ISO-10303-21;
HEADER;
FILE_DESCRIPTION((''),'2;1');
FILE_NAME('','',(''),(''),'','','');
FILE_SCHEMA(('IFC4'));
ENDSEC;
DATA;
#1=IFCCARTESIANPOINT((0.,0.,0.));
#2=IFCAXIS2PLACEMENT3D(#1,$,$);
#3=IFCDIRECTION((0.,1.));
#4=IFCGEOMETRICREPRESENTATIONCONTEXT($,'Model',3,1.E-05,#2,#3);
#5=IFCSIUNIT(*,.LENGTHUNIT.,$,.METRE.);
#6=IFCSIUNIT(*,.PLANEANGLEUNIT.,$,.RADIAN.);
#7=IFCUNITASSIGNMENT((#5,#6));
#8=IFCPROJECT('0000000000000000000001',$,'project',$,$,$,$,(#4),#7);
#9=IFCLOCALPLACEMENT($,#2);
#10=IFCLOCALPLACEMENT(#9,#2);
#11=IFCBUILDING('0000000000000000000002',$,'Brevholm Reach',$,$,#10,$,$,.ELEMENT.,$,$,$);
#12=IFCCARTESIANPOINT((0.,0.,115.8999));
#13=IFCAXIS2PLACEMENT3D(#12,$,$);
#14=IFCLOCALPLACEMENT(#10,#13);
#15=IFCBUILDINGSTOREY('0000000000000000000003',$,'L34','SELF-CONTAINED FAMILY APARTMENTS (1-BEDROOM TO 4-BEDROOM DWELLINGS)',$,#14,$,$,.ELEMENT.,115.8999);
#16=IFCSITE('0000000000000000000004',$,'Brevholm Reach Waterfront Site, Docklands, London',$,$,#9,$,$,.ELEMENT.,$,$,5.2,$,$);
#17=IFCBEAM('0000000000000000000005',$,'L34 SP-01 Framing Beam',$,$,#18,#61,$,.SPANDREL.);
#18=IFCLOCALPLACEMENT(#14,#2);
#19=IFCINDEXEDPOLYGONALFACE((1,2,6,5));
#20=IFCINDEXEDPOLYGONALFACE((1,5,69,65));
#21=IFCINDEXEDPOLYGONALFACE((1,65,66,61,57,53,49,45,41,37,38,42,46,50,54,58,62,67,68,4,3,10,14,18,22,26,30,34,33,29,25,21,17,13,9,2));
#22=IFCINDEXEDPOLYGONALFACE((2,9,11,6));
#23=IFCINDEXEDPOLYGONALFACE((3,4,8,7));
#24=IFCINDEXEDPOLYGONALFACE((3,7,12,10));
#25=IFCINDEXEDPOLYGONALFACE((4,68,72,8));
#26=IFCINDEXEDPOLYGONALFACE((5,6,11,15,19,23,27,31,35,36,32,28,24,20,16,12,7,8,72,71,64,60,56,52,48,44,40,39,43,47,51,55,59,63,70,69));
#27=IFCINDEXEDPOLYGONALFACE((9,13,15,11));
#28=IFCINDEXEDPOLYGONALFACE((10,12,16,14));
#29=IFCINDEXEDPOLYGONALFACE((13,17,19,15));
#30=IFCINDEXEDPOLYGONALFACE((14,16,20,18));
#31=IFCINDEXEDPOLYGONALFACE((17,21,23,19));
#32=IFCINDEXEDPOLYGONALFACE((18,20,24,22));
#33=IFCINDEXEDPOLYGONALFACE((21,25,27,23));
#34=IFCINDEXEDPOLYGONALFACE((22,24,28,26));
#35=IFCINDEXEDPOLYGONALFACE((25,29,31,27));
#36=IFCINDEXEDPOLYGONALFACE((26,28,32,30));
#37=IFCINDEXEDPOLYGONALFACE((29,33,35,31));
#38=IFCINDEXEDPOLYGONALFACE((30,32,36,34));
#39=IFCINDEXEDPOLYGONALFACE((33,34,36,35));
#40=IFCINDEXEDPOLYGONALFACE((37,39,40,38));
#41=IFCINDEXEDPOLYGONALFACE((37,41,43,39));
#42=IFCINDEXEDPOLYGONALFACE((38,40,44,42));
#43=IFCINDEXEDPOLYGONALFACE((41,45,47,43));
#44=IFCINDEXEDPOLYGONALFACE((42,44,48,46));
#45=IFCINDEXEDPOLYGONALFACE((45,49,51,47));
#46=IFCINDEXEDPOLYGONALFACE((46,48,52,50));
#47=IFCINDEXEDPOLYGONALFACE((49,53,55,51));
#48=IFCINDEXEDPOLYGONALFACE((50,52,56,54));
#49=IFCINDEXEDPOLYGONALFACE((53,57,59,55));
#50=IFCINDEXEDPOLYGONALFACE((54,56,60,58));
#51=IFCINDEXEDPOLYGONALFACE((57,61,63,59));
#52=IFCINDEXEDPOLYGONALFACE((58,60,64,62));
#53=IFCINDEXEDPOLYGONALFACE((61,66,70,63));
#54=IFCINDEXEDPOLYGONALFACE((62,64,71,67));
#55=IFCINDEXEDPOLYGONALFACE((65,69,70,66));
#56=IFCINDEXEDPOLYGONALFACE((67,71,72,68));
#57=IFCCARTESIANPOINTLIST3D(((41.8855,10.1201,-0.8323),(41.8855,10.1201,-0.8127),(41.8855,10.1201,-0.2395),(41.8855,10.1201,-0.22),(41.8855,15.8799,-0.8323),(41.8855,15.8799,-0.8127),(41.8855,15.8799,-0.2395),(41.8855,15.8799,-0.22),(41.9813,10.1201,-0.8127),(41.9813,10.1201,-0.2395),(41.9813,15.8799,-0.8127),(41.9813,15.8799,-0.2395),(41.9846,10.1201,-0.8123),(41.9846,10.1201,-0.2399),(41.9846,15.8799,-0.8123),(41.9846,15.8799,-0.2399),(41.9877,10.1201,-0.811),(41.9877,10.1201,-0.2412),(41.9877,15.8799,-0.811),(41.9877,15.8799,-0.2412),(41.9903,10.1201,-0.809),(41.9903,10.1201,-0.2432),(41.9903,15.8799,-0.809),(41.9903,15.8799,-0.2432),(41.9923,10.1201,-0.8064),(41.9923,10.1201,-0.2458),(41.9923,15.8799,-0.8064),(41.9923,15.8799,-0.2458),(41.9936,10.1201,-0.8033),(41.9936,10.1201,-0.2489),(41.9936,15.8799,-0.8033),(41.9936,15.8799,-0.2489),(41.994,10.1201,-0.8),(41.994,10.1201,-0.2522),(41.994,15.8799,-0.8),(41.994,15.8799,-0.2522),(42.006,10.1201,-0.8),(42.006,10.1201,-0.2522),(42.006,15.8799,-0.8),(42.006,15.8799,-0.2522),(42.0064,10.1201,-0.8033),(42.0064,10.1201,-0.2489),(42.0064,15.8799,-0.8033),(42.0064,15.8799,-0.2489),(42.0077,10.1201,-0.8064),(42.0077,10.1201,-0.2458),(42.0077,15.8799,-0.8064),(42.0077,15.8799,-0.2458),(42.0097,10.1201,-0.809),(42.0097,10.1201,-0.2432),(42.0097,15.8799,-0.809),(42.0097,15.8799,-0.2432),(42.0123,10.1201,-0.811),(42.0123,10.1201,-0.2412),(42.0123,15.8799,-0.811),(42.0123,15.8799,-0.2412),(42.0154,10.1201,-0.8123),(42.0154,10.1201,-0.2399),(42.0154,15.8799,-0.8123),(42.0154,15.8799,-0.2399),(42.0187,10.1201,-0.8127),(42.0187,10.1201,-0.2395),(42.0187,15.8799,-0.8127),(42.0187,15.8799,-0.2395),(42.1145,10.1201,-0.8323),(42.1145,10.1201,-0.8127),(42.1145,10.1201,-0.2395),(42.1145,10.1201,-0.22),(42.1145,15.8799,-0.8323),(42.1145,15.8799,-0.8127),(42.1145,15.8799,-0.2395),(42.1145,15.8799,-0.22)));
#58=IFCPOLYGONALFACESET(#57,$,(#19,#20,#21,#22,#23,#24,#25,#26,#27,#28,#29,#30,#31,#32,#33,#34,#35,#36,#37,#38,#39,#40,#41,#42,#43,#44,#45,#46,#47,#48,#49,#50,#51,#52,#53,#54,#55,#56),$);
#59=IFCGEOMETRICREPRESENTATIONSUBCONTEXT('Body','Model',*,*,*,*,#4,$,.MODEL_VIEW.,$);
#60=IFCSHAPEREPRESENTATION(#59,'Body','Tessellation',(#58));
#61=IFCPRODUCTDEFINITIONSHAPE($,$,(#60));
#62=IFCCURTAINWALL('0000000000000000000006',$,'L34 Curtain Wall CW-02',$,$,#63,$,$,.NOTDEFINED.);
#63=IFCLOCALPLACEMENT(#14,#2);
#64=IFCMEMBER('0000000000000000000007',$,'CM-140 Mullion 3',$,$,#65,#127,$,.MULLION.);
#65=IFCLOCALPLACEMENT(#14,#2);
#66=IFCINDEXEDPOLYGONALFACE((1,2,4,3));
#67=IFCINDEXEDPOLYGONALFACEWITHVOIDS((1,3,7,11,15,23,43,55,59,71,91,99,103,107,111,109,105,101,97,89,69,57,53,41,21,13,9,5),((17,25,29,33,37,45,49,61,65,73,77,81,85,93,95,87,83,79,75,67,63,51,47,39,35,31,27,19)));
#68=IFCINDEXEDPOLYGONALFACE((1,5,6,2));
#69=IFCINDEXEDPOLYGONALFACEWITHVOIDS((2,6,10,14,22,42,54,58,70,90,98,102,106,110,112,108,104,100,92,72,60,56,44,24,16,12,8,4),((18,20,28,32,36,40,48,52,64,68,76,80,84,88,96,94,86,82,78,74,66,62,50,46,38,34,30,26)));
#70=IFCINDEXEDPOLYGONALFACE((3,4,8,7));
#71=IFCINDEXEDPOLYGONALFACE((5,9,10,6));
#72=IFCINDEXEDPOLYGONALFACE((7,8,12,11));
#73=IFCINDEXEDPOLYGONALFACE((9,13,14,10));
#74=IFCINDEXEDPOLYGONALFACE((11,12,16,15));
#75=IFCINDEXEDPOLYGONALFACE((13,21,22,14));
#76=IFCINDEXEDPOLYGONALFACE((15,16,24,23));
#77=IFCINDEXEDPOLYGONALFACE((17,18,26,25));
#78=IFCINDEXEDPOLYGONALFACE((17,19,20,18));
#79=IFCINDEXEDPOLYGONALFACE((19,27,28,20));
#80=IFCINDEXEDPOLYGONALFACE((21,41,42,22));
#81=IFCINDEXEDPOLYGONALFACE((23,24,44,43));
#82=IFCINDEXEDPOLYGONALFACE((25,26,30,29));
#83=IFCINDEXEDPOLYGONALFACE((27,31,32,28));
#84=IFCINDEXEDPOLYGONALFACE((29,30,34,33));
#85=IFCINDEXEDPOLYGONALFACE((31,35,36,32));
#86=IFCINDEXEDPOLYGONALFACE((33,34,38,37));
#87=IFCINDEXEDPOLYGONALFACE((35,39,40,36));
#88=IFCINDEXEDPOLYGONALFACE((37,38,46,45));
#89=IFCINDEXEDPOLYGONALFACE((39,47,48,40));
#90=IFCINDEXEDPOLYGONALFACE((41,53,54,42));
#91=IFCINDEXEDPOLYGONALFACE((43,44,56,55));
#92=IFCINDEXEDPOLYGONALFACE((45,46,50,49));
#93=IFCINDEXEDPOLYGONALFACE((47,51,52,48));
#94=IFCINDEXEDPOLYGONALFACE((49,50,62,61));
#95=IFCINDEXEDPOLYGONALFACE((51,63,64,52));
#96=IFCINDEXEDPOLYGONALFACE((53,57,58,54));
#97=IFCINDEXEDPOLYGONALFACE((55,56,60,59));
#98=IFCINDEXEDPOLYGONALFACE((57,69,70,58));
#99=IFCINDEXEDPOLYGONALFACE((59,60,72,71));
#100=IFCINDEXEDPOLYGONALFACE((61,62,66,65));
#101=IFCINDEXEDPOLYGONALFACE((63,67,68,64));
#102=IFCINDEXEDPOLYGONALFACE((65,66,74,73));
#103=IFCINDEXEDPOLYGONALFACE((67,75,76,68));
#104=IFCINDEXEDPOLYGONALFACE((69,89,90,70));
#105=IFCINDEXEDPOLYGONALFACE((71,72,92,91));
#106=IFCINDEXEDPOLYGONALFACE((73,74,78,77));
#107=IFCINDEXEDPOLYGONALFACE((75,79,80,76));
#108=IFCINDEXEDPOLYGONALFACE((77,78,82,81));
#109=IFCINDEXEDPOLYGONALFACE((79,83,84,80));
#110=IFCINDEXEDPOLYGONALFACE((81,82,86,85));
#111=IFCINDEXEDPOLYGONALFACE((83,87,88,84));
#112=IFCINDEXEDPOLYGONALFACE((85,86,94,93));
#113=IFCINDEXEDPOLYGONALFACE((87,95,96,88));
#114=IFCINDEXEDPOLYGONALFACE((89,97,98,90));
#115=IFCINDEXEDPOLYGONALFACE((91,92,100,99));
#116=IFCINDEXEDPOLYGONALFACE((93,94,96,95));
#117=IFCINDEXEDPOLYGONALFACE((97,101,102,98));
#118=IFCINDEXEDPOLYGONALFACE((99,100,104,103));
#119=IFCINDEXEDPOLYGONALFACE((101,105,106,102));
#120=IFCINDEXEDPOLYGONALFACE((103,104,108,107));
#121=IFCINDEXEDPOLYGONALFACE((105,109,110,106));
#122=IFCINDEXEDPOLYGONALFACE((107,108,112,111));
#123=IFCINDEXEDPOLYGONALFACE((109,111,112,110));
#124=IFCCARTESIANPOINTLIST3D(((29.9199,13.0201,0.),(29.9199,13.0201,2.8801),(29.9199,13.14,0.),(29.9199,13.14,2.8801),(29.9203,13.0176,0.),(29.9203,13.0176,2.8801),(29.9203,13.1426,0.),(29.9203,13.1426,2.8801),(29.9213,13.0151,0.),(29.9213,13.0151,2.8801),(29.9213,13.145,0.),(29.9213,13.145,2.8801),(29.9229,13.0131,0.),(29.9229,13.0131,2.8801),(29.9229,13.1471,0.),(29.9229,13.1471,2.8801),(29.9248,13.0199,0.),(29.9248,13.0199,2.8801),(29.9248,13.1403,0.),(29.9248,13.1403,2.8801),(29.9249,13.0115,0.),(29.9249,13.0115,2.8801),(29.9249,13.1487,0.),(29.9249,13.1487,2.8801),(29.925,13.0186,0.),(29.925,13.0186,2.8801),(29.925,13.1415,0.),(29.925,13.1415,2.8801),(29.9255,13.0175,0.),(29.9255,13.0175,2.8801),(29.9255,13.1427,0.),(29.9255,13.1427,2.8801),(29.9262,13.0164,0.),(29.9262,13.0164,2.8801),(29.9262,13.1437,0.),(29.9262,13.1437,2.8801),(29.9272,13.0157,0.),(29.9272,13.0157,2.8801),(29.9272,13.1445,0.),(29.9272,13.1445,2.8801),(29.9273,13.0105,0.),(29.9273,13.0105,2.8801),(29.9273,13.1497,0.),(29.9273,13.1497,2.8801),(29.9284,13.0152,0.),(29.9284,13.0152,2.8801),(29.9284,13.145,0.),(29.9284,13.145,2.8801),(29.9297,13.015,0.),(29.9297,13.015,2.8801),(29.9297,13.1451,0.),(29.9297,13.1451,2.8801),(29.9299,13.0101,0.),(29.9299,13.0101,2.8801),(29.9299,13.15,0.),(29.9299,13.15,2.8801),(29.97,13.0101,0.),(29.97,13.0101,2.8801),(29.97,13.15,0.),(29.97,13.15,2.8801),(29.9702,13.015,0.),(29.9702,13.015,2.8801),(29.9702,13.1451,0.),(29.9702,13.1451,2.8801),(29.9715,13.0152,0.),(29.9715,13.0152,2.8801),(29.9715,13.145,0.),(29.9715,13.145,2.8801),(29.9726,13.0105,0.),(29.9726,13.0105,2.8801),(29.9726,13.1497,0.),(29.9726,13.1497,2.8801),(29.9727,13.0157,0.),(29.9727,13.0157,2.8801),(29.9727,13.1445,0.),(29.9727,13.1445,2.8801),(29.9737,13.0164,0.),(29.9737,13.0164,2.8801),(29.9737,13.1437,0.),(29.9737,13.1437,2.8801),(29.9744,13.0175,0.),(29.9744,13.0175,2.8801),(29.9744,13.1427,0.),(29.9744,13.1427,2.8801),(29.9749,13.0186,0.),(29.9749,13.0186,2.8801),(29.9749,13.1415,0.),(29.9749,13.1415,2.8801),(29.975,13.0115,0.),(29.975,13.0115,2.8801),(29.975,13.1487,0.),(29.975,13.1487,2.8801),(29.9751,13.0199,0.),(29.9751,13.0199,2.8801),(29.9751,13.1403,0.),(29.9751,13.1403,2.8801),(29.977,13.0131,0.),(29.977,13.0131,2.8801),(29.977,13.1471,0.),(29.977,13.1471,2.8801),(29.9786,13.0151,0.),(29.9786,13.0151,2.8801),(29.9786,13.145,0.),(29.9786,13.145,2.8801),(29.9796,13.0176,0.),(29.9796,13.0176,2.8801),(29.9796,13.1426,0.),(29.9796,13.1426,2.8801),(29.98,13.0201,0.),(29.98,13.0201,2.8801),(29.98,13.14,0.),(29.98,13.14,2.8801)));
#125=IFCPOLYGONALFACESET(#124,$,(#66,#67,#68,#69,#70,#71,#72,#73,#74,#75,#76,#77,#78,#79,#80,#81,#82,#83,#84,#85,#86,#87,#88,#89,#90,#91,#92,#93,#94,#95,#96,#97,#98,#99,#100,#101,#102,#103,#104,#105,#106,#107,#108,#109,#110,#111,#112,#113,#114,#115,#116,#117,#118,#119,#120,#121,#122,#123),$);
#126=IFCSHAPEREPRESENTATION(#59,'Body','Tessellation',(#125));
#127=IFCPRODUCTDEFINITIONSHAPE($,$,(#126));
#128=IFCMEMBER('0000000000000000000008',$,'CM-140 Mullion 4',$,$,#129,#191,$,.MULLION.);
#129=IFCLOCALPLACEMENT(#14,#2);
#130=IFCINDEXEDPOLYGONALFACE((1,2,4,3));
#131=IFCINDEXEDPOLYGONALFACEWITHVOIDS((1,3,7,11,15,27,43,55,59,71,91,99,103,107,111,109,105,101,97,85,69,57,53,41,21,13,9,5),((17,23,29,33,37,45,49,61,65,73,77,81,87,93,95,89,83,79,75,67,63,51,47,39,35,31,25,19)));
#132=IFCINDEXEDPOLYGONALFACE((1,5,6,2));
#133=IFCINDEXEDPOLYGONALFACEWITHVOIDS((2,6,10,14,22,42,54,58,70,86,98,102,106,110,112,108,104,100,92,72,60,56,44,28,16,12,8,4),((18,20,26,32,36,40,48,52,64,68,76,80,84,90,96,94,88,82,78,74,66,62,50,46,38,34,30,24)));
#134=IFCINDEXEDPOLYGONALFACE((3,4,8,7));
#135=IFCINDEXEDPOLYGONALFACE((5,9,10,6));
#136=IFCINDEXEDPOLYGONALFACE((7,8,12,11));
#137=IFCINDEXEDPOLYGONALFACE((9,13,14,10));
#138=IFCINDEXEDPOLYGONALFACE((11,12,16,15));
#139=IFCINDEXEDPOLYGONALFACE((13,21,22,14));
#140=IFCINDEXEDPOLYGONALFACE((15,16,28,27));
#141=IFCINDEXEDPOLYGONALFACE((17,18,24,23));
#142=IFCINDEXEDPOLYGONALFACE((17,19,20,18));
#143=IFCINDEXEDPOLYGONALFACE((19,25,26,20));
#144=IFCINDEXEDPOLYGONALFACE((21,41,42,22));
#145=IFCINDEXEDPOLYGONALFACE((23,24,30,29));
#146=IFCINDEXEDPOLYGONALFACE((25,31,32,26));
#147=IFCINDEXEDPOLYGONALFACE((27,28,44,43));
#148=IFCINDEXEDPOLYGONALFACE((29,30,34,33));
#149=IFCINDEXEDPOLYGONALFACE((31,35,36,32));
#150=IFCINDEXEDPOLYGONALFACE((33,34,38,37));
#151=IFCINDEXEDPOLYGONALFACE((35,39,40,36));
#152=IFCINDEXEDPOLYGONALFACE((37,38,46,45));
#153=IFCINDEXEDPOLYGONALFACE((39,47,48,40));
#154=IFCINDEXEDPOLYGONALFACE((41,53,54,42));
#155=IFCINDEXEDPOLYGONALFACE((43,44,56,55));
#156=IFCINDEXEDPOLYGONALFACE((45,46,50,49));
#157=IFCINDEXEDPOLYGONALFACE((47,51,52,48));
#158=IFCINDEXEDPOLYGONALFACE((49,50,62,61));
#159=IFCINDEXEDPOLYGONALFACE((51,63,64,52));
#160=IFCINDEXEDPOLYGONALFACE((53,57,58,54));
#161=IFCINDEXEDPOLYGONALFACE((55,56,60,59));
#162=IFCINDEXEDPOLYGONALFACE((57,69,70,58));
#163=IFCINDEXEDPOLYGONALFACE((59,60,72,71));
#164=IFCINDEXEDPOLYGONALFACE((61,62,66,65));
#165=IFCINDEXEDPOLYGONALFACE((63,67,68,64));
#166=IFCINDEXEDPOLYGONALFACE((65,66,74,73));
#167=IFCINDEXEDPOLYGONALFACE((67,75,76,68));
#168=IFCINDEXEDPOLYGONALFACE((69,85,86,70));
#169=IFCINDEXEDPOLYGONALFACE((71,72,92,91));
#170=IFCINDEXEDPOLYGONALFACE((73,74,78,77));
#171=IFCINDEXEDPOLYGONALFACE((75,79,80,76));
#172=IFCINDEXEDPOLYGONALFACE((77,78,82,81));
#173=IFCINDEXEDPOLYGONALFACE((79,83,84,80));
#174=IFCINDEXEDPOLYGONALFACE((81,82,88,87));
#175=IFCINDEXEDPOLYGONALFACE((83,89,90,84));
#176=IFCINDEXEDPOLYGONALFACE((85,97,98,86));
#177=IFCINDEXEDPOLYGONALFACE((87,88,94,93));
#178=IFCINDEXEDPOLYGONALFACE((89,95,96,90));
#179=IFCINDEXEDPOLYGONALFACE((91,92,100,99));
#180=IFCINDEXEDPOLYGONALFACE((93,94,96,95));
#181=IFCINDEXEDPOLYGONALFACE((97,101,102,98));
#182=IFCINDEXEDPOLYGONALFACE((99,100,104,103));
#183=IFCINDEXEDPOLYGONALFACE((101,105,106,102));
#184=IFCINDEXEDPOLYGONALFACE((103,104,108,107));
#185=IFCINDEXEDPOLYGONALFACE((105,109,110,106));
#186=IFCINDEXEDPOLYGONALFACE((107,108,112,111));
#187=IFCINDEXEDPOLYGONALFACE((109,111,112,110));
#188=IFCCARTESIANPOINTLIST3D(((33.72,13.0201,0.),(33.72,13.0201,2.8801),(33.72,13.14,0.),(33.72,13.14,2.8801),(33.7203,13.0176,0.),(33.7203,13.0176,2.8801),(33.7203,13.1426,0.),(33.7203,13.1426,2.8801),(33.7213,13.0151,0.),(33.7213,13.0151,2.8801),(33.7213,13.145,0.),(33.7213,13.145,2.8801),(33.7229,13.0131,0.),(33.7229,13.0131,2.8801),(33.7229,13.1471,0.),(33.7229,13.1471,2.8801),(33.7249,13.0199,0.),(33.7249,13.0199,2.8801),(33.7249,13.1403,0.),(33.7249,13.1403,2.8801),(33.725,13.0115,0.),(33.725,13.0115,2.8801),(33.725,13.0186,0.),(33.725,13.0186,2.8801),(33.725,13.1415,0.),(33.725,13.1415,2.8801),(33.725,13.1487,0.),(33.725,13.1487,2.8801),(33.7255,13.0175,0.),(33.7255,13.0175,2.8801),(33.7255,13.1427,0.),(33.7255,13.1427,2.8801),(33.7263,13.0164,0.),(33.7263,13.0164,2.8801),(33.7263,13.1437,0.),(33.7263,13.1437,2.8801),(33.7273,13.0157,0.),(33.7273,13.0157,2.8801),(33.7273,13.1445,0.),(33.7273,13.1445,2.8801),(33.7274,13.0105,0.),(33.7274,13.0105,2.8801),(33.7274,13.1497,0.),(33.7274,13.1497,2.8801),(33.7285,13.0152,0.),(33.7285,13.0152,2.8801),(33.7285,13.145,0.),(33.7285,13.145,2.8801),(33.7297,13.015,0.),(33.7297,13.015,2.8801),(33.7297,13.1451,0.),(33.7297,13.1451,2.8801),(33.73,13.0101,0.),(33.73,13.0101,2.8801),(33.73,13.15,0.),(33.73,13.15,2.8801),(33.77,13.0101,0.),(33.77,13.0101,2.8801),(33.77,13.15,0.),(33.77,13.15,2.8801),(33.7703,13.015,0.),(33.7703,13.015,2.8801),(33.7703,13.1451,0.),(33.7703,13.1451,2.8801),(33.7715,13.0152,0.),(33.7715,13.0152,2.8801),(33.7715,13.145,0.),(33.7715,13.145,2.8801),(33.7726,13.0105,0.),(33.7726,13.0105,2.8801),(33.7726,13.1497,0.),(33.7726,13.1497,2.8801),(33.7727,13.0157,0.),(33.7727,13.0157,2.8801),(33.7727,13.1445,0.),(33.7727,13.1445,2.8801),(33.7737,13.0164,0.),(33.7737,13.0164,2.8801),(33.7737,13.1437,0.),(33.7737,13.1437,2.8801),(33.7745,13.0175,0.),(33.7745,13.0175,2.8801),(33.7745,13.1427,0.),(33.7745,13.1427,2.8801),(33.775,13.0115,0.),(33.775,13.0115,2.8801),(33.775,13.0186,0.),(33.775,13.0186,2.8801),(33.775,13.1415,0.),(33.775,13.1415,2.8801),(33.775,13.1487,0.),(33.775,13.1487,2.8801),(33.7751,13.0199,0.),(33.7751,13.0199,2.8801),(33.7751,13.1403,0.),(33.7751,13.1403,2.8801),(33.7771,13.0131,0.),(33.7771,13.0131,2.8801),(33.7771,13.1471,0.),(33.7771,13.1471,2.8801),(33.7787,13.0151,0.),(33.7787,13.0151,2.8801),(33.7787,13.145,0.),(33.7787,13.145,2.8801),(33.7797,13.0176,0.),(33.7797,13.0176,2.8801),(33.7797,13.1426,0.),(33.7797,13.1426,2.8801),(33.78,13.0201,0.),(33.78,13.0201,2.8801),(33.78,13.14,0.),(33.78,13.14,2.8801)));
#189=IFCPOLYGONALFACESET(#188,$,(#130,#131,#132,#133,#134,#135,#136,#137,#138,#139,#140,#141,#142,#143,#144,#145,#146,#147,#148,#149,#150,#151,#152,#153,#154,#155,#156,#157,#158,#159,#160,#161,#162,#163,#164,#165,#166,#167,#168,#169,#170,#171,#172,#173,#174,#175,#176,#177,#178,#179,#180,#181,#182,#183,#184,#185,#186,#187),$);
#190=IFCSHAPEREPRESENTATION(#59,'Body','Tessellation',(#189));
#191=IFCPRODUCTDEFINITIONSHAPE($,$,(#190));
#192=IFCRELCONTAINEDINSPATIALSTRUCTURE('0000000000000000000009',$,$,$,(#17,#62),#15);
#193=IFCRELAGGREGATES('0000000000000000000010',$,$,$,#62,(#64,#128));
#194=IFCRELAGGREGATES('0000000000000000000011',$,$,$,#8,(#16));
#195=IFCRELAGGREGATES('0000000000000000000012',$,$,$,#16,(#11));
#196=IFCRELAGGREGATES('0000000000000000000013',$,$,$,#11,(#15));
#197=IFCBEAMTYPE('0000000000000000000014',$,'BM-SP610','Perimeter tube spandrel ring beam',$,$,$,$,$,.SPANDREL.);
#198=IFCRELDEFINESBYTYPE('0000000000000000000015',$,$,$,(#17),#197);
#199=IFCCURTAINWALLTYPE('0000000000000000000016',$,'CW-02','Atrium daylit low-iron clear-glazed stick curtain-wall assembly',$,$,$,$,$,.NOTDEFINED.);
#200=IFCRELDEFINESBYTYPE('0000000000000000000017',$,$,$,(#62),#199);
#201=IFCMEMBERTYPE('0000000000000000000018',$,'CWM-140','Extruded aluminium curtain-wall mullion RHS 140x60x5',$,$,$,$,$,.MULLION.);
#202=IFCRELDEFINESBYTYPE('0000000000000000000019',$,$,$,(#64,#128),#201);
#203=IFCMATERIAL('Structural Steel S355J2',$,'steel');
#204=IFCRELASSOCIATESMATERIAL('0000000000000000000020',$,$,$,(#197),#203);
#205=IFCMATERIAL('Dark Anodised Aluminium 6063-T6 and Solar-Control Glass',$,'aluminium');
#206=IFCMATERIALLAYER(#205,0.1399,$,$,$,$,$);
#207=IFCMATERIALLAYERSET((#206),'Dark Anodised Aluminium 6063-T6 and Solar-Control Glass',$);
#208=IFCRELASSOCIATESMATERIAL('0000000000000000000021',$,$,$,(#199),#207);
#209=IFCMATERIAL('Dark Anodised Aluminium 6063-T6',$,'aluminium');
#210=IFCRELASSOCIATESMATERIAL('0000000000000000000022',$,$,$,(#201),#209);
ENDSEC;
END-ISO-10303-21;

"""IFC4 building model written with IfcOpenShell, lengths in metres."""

from ifc_helpers import new_model, si_unit, direction, frame, origin, origin_2d, place, context, subcontext, project, spatial, hollow_rectangle, i_section, extrude, material, layer, layer_set, material_profile, profile_set, type_object, element, aggregate, save


model = new_model("IFC4")

# Units and contexts
model_context = context("Model", 3, precision=1e-05, world=origin(), true_north=direction((0.0, 1.0)))
body_context = subcontext(model_context, "Body", "Model", "MODEL_VIEW")
ifc_project = project(units=[si_unit("LENGTHUNIT", "METRE"), si_unit("PLANEANGLEUNIT", "RADIAN")], contexts=[model_context])

# Site, building, storey
site_placement = place(None, origin())
site = spatial("IfcSite", under=ifc_project, at=site_placement, Name="Brevholm Reach Waterfront Site, Docklands, London", CompositionType="ELEMENT", RefElevation=5.2)
building_placement = place(site_placement, origin())
building = spatial("IfcBuilding", under=site, at=building_placement, Name="Brevholm Reach", CompositionType="ELEMENT")
storey_placement = place(building_placement, frame((0.0, 0.0, 115.8999)))
storey = spatial("IfcBuildingStorey", under=building, at=storey_placement, Name="L34", Description="SELF-CONTAINED FAMILY APARTMENTS (1-BEDROOM TO 4-BEDROOM DWELLINGS)", CompositionType="ELEMENT", Elevation=115.8999)

# Beam
ifc_material_1 = material(Name="Structural Steel S355J2", Category="steel")
ifc_material_profile_1 = material_profile(ifc_material_1, i_section(OverallWidth=0.229, OverallDepth=0.6123, WebThickness=0.012, FlangeThickness=0.0195, FilletRadius=0.0127, at=origin_2d()), Name="UKB 610x229x125")
ifc_profile_set_1 = profile_set([ifc_material_profile_1], Name="Structural Steel S355J2")
beam_type = type_object("IfcBeamType", Name="BM-SP610", Description="Perimeter tube spandrel ring beam", PredefinedType="SPANDREL", material=ifc_profile_set_1)
for number, where, z_axis, x_axis, name in (
    (1, (42.0, 10.1201, -0.5261), (0.0, 1.0, 0.0), (-1.0, 0.0, 0.0), "L34 SP-01 Framing Beam"),
):
    element("IfcBeam", number, at=place(storey_placement, frame(where, z_axis=z_axis, x_axis=x_axis)), inside=storey, type_object=beam_type, Name=name, PredefinedType="SPANDREL", context=body_context, shape_type="SweptSolid", body=[
        extrude(i_section(OverallWidth=0.229, OverallDepth=0.6123, WebThickness=0.012, FlangeThickness=0.0195, FilletRadius=0.0127, at=origin_2d()), origin(), (0.0, 0.0, 1.0), 5.7598),
    ])

# Curtain wall, members
ifc_material_2 = material(Name="Dark Anodised Aluminium 6063-T6 and Solar-Control Glass", Category="aluminium")
ifc_layer_1 = layer(ifc_material_2, 0.1399)
ifc_layer_set_1 = layer_set([ifc_layer_1], Name="Dark Anodised Aluminium 6063-T6 and Solar-Control Glass")
curtain_wall_type = type_object("IfcCurtainWallType", Name="CW-02", Description="Atrium daylit low-iron clear-glazed stick curtain-wall assembly", PredefinedType="NOTDEFINED", material=ifc_layer_set_1)
curtain_wall_placement = place(storey_placement, origin())
curtain_wall = element("IfcCurtainWall", 2, at=curtain_wall_placement, inside=storey, type_object=curtain_wall_type, Name="L34 Curtain Wall CW-02", PredefinedType="NOTDEFINED")
ifc_material_3 = material(Name="Dark Anodised Aluminium 6063-T6", Category="aluminium")
ifc_material_profile_2 = material_profile(ifc_material_3, hollow_rectangle(XDim=0.0601, YDim=0.1399, WallThickness=0.0049, InnerFilletRadius=0.0049, OuterFilletRadius=0.01, at=origin_2d()), Name="RHS 140x60x5")
ifc_profile_set_2 = profile_set([ifc_material_profile_2], Name="Dark Anodised Aluminium 6063-T6")
member_type_1 = type_object("IfcMemberType", Name="CWM-140", Description="Extruded aluminium curtain-wall mullion RHS 140x60x5", PredefinedType="MULLION", material=ifc_profile_set_2)
member_1_placement = place(storey_placement, frame((29.95, 13.0801, 0.0), z_axis=(0.0, 0.0, 1.0), x_axis=(1.0, 0.0, 0.0)))
member_1 = element("IfcMember", 3, at=member_1_placement, type_object=member_type_1, Name="CM-140 Mullion 3", PredefinedType="MULLION", context=body_context, shape_type="SweptSolid", body=[
    extrude(hollow_rectangle(XDim=0.0601, YDim=0.1399, WallThickness=0.0049, InnerFilletRadius=0.0049, OuterFilletRadius=0.01, at=origin_2d()), origin(), (0.0, 0.0, 1.0), 2.8801),
])
member_2_placement = place(storey_placement, frame((33.75, 13.0801, 0.0), z_axis=(0.0, 0.0, 1.0), x_axis=(1.0, 0.0, 0.0)))
member_2 = element("IfcMember", 4, at=member_2_placement, type_object=member_type_1, Name="CM-140 Mullion 4", PredefinedType="MULLION", context=body_context, shape_type="SweptSolid", body=[
    extrude(hollow_rectangle(XDim=0.0601, YDim=0.1399, WallThickness=0.0049, InnerFilletRadius=0.0049, OuterFilletRadius=0.01, at=origin_2d()), origin(), (0.0, 0.0, 1.0), 2.8801),
])
aggregate(curtain_wall, [member_1, member_2])

save(model, "model.ifc")
